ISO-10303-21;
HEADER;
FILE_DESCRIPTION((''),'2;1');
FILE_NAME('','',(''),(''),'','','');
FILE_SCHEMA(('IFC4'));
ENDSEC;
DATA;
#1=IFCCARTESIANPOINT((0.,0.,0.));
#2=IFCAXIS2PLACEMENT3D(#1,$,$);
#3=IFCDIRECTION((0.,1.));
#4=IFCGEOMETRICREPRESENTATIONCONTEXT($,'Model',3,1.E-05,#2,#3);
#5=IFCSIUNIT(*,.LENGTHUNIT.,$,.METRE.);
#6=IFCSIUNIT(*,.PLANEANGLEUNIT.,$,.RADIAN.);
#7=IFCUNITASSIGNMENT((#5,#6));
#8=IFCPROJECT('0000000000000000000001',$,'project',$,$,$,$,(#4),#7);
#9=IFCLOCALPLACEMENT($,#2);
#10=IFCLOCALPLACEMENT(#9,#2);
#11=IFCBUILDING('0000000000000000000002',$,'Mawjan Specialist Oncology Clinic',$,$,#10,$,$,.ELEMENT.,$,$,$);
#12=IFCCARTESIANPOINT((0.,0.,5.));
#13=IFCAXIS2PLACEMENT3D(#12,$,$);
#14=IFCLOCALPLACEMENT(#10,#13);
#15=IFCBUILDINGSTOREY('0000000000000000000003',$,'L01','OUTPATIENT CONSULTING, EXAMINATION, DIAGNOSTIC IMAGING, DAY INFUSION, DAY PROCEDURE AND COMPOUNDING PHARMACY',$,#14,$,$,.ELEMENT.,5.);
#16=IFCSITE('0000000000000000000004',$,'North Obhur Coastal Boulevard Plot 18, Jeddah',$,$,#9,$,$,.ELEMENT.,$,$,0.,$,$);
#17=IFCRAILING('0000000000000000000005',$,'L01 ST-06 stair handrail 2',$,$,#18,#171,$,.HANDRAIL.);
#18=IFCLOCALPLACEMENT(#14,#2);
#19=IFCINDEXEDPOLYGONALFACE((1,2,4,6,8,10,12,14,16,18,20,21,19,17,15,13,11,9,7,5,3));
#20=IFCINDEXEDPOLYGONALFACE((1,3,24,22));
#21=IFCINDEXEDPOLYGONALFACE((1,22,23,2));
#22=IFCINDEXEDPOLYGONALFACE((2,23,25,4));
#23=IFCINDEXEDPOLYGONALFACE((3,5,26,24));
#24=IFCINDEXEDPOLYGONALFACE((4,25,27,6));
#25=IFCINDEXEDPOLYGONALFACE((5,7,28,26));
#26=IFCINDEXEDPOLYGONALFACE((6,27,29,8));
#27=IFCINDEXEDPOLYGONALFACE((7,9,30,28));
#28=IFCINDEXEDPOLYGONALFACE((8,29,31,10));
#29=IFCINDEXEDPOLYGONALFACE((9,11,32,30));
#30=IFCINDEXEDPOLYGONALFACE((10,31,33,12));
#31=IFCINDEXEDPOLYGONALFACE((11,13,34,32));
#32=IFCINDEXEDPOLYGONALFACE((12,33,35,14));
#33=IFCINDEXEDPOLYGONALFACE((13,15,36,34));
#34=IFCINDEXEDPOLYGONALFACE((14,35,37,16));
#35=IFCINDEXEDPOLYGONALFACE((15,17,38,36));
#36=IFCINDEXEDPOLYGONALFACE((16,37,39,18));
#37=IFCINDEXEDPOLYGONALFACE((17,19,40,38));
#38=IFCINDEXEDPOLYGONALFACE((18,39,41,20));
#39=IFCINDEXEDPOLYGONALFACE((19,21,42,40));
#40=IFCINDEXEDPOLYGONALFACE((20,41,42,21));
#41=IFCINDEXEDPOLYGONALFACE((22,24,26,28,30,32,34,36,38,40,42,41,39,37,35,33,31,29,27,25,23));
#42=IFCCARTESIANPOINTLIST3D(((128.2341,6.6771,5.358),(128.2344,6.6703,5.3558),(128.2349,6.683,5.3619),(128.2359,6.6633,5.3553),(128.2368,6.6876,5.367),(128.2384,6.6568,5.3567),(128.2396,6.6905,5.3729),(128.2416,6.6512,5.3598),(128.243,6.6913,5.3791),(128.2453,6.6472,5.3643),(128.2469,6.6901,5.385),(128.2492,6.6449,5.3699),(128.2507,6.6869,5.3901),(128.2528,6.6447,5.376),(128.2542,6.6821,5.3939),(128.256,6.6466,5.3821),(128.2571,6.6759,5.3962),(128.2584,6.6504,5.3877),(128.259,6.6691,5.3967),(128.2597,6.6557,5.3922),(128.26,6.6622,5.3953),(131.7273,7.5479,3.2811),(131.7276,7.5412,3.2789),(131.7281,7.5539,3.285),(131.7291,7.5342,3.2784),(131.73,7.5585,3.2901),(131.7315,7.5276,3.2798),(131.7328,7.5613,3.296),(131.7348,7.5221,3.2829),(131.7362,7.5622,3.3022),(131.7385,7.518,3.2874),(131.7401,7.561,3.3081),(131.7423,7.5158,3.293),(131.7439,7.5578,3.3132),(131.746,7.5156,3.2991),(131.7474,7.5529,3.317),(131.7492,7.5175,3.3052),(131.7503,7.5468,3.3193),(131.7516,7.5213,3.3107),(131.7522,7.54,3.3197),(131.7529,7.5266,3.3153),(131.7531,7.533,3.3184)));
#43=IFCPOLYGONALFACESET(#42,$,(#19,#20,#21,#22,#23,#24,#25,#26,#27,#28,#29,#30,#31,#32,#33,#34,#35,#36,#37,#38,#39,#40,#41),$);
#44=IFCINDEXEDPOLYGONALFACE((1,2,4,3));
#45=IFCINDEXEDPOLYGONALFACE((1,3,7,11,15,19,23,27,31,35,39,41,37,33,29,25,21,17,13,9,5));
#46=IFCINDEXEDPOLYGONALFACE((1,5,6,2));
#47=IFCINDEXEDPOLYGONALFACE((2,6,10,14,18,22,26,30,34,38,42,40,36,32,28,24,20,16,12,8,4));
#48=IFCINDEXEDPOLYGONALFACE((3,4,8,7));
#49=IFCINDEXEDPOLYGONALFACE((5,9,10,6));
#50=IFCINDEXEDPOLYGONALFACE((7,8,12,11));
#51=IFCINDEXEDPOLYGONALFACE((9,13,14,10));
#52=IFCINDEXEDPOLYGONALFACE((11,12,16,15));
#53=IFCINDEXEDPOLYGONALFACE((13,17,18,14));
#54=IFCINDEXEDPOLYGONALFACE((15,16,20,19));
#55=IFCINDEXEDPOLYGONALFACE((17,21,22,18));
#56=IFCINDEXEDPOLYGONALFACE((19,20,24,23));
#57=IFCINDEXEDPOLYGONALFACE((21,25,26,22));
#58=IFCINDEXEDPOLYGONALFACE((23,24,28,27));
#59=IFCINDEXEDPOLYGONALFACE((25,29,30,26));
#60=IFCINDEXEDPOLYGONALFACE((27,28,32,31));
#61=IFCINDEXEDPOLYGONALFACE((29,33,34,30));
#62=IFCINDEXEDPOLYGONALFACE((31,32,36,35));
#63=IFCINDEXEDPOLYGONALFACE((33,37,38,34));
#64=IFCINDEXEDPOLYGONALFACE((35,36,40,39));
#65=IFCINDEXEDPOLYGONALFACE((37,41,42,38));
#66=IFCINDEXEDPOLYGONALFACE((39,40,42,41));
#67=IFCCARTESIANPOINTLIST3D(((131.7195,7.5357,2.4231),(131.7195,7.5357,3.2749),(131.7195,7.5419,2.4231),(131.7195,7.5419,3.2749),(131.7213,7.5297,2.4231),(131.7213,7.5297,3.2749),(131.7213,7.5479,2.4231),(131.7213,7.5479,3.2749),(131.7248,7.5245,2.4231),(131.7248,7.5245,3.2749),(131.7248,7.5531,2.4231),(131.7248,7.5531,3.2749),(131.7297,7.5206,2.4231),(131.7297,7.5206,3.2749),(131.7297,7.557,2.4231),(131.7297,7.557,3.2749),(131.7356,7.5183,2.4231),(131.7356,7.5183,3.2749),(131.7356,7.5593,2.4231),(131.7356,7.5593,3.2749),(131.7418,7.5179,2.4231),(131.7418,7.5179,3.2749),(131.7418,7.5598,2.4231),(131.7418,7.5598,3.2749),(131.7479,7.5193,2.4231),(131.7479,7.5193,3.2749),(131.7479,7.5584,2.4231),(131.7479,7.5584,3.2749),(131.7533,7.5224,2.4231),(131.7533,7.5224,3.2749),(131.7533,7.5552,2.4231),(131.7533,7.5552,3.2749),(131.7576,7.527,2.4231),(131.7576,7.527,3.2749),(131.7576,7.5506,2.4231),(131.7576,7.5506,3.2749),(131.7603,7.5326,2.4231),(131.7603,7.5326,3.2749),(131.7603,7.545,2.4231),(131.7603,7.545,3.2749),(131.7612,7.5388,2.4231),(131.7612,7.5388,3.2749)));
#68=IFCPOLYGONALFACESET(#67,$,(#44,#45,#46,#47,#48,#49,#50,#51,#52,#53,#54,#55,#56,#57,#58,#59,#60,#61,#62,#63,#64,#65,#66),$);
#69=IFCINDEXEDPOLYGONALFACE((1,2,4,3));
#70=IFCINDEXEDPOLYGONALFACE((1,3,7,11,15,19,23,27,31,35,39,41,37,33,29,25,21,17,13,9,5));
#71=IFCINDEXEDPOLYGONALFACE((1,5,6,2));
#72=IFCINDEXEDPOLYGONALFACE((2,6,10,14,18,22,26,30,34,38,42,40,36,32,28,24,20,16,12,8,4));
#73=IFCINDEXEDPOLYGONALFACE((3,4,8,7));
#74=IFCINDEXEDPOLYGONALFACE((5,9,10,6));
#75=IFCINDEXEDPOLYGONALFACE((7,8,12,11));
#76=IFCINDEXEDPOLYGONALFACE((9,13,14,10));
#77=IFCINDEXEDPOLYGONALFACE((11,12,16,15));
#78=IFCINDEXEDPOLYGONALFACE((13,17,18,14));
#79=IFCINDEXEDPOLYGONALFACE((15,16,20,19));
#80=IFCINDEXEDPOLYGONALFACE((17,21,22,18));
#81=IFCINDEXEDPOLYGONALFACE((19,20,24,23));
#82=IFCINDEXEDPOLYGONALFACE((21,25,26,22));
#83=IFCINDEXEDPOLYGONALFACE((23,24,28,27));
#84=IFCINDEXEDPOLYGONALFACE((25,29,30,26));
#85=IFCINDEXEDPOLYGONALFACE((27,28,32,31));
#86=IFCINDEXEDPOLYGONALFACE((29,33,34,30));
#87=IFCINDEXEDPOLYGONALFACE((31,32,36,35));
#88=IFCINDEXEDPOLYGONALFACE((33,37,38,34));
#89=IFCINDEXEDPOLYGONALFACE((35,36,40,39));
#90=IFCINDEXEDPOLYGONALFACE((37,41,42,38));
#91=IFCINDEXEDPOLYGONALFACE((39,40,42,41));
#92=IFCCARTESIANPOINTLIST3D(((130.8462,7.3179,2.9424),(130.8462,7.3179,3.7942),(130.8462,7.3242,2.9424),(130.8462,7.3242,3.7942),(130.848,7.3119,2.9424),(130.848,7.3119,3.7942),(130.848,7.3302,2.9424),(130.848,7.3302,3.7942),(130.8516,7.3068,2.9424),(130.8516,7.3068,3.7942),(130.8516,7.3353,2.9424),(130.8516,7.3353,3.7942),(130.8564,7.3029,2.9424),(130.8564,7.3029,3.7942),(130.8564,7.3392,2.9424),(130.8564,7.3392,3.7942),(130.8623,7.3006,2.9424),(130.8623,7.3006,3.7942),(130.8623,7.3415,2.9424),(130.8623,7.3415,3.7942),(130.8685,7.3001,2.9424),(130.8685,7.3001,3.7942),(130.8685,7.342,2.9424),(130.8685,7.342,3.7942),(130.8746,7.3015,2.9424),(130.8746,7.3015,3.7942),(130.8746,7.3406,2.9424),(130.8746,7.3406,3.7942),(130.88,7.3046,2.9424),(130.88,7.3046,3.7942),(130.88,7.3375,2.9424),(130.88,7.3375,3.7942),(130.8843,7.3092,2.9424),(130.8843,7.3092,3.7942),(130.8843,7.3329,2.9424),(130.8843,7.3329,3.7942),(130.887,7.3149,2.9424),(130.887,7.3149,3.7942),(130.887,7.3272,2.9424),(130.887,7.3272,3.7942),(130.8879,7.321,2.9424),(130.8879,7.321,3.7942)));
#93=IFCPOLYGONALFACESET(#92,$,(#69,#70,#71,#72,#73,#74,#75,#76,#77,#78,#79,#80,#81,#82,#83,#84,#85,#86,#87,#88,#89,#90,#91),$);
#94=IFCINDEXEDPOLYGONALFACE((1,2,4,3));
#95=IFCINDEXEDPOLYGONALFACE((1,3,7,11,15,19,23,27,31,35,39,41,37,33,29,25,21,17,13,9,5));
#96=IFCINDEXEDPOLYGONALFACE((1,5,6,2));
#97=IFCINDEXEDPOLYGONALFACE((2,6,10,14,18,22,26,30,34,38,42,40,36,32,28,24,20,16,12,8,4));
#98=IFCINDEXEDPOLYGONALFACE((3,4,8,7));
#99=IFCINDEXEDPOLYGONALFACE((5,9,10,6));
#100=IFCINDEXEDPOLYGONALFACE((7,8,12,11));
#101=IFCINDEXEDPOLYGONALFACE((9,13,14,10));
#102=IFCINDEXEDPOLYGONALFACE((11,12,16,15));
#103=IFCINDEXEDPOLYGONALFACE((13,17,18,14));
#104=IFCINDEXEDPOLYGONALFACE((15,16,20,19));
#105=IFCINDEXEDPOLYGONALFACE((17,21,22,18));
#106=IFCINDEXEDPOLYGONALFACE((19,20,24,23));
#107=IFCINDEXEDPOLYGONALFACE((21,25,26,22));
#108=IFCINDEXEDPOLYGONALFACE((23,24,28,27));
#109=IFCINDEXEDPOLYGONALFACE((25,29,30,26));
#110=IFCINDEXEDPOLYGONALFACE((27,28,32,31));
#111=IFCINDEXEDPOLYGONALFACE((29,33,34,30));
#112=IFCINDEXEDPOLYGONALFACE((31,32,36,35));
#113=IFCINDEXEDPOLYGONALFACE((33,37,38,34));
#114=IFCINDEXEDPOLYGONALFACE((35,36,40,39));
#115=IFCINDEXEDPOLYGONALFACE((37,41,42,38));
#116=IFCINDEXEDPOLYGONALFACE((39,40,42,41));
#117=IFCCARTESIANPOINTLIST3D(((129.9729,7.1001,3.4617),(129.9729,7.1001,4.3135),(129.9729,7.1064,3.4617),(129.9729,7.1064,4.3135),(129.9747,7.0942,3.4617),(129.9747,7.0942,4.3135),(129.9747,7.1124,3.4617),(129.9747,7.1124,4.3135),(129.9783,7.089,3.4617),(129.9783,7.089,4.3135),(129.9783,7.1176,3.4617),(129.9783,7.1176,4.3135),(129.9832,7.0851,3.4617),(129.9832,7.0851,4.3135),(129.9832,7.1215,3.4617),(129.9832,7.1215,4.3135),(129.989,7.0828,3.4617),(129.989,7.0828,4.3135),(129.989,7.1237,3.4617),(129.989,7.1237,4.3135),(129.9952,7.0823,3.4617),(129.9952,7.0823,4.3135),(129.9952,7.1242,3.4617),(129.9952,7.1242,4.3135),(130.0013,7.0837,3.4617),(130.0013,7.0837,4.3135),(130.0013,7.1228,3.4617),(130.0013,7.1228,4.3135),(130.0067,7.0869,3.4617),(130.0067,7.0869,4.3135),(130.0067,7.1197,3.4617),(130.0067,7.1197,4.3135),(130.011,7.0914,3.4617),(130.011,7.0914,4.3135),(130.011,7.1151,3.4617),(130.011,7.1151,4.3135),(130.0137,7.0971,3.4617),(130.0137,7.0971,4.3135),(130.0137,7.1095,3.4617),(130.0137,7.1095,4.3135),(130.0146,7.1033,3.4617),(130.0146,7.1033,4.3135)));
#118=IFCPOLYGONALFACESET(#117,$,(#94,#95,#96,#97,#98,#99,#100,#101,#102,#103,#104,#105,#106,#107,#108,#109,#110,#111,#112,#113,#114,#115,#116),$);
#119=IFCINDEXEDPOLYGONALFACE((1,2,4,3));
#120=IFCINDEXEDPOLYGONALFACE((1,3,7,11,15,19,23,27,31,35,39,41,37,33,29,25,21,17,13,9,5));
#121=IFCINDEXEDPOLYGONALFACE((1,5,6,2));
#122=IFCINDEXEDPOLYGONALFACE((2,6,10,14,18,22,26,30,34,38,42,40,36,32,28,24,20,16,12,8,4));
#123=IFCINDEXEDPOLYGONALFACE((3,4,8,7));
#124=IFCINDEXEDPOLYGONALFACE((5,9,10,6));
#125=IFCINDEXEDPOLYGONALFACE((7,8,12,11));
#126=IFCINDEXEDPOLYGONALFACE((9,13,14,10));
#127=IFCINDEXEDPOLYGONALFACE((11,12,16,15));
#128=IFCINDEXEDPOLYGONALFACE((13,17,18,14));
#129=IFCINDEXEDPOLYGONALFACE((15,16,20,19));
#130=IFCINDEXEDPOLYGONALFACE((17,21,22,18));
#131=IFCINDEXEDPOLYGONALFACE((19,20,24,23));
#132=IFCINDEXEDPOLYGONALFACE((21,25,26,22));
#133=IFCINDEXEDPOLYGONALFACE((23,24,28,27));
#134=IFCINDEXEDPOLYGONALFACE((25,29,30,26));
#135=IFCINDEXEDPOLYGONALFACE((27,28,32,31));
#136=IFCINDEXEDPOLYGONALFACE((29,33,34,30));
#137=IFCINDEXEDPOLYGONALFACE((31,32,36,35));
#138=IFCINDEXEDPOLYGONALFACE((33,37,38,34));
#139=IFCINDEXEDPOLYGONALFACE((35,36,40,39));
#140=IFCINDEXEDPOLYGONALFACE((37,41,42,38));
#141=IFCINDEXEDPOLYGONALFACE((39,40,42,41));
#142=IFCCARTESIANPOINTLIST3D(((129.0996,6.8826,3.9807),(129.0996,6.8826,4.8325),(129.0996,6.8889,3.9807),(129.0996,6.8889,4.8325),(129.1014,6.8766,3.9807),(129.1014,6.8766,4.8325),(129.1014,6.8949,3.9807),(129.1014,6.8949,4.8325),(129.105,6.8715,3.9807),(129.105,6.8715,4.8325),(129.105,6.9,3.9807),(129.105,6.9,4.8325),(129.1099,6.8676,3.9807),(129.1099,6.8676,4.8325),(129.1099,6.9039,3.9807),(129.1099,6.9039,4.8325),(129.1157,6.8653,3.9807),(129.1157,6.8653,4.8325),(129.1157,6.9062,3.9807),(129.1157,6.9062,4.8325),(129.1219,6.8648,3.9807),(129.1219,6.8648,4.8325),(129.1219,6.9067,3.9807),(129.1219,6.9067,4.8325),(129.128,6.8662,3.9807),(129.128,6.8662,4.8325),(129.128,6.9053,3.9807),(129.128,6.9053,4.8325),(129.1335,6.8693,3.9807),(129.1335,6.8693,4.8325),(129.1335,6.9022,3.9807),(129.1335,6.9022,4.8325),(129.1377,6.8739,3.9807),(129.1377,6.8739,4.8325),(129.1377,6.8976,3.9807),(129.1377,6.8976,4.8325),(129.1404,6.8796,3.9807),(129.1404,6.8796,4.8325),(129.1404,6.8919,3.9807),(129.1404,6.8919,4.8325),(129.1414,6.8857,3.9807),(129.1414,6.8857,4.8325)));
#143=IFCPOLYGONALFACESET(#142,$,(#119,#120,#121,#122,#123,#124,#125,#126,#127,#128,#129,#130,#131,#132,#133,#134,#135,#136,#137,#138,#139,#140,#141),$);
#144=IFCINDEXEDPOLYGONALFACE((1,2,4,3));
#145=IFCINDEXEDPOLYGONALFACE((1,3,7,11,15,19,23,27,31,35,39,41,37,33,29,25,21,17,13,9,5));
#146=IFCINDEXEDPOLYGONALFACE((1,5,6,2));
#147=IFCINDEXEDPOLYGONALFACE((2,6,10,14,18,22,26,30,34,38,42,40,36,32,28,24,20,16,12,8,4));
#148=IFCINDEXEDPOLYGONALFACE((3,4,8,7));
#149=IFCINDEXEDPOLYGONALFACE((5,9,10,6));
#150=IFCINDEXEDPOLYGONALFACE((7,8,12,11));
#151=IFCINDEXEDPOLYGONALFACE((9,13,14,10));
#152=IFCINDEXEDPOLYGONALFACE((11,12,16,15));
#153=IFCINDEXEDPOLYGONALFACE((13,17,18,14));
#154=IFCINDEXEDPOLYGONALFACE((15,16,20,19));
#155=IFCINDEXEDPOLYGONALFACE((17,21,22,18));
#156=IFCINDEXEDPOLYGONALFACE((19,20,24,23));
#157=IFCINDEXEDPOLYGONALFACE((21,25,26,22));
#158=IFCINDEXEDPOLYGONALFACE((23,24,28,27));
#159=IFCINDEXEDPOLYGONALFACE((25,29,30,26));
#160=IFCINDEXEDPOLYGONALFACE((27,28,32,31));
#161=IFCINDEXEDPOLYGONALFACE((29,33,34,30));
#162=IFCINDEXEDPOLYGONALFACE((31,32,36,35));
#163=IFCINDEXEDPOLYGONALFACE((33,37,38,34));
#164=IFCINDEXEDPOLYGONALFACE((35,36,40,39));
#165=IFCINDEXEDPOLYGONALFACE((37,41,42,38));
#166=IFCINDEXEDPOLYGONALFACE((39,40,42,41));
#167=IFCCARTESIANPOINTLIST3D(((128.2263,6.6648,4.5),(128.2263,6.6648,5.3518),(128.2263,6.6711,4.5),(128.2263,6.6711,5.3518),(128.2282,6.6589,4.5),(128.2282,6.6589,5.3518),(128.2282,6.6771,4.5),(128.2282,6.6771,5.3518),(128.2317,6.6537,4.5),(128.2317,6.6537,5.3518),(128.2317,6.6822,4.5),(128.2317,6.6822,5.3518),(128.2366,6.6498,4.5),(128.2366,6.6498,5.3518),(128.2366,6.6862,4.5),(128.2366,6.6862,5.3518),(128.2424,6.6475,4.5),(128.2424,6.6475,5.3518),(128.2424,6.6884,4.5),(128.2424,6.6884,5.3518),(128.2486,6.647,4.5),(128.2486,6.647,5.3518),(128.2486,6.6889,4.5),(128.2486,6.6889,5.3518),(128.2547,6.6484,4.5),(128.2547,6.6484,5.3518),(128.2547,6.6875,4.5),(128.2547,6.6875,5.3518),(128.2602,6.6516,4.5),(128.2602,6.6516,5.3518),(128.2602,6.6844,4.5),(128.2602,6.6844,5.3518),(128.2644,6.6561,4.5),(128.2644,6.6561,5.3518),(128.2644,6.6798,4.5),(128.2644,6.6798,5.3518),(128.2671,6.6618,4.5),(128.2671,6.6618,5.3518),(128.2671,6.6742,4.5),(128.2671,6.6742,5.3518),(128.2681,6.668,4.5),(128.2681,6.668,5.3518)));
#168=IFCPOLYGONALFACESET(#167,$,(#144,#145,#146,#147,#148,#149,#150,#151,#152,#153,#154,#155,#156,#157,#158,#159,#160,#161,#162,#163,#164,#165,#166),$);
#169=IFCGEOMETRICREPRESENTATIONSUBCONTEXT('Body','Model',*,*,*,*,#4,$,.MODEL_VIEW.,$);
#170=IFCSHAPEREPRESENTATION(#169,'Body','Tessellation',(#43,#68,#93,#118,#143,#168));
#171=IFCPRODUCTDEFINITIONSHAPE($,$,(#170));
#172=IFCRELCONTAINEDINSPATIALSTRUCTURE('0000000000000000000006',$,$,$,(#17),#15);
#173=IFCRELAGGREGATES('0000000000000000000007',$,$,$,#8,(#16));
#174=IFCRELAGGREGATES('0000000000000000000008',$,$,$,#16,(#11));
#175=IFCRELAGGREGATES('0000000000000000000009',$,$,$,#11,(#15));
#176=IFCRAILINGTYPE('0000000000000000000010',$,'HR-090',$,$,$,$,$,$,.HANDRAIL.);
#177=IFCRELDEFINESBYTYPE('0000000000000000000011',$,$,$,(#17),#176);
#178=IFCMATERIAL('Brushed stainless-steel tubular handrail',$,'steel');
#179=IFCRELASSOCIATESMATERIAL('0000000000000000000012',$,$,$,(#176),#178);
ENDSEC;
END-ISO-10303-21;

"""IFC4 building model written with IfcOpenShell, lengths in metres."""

from ifc_helpers import new_model, si_unit, direction, frame, origin, origin_2d, place, context, subcontext, project, spatial, circle, extrude, material, type_object, element, save


model = new_model("IFC4")

# Units and contexts
model_context = context("Model", 3, precision=1e-05, world=origin(), true_north=direction((0.0, 1.0)))
body_context = subcontext(model_context, "Body", "Model", "MODEL_VIEW")
ifc_project = project(units=[si_unit("LENGTHUNIT", "METRE"), si_unit("PLANEANGLEUNIT", "RADIAN")], contexts=[model_context])

# Site, building, storey
site_placement = place(None, origin())
site = spatial("IfcSite", under=ifc_project, at=site_placement, Name="North Obhur Coastal Boulevard Plot 18, Jeddah", CompositionType="ELEMENT", RefElevation=0.0)
building_placement = place(site_placement, origin())
building = spatial("IfcBuilding", under=site, at=building_placement, Name="Mawjan Specialist Oncology Clinic", CompositionType="ELEMENT")
storey_placement = place(building_placement, frame((0.0, 0.0, 5.0)))
storey = spatial("IfcBuildingStorey", under=building, at=storey_placement, Name="L01", Description="OUTPATIENT CONSULTING, EXAMINATION, DIAGNOSTIC IMAGING, DAY INFUSION, DAY PROCEDURE AND COMPOUNDING PHARMACY", CompositionType="ELEMENT", Elevation=5.0)

# Railing
ifc_material_1 = material(Name="Brushed stainless-steel tubular handrail", Category="steel")
railing_type_1 = type_object("IfcRailingType", Name="HR-090", PredefinedType="HANDRAIL", material=ifc_material_1)
railing_1_placement = place(storey_placement, frame((131.7402, 7.5388, 2.4231)))
element("IfcRailing", 1, at=railing_1_placement, inside=storey, type_object=railing_type_1, Name="L01 ST-06 stair handrail 2", PredefinedType="HANDRAIL", context=body_context, shape_type="SweptSolid", body=[
    extrude(circle(Radius=0.0239, at=origin_2d()), frame((0.0, 0.0, 0.876), z_axis=(-0.840468, -0.20953, 0.499711), x_axis=(0.241897, -0.970302, 0.0)), (0.0, 0.0, 1.0), 4.1562),
    extrude(circle(Radius=0.021, at=origin_2d()), origin(), (0.0, 0.0, 1.0), 0.8518),
    extrude(circle(Radius=0.021, at=origin_2d()), frame((-0.8733, -0.2178, 0.5193)), (0.0, 0.0, 1.0), 0.8518),
    extrude(circle(Radius=0.021, at=origin_2d()), frame((-1.7466, -0.4355, 1.0386)), (0.0, 0.0, 1.0), 0.8518),
    extrude(circle(Radius=0.021, at=origin_2d()), frame((-2.6199, -0.6531, 1.5576)), (0.0, 0.0, 1.0), 0.8518),
    extrude(circle(Radius=0.021, at=origin_2d()), frame((-3.4932, -0.8708, 2.0769)), (0.0, 0.0, 1.0), 0.8518),
])

save(model, "model.ifc")
